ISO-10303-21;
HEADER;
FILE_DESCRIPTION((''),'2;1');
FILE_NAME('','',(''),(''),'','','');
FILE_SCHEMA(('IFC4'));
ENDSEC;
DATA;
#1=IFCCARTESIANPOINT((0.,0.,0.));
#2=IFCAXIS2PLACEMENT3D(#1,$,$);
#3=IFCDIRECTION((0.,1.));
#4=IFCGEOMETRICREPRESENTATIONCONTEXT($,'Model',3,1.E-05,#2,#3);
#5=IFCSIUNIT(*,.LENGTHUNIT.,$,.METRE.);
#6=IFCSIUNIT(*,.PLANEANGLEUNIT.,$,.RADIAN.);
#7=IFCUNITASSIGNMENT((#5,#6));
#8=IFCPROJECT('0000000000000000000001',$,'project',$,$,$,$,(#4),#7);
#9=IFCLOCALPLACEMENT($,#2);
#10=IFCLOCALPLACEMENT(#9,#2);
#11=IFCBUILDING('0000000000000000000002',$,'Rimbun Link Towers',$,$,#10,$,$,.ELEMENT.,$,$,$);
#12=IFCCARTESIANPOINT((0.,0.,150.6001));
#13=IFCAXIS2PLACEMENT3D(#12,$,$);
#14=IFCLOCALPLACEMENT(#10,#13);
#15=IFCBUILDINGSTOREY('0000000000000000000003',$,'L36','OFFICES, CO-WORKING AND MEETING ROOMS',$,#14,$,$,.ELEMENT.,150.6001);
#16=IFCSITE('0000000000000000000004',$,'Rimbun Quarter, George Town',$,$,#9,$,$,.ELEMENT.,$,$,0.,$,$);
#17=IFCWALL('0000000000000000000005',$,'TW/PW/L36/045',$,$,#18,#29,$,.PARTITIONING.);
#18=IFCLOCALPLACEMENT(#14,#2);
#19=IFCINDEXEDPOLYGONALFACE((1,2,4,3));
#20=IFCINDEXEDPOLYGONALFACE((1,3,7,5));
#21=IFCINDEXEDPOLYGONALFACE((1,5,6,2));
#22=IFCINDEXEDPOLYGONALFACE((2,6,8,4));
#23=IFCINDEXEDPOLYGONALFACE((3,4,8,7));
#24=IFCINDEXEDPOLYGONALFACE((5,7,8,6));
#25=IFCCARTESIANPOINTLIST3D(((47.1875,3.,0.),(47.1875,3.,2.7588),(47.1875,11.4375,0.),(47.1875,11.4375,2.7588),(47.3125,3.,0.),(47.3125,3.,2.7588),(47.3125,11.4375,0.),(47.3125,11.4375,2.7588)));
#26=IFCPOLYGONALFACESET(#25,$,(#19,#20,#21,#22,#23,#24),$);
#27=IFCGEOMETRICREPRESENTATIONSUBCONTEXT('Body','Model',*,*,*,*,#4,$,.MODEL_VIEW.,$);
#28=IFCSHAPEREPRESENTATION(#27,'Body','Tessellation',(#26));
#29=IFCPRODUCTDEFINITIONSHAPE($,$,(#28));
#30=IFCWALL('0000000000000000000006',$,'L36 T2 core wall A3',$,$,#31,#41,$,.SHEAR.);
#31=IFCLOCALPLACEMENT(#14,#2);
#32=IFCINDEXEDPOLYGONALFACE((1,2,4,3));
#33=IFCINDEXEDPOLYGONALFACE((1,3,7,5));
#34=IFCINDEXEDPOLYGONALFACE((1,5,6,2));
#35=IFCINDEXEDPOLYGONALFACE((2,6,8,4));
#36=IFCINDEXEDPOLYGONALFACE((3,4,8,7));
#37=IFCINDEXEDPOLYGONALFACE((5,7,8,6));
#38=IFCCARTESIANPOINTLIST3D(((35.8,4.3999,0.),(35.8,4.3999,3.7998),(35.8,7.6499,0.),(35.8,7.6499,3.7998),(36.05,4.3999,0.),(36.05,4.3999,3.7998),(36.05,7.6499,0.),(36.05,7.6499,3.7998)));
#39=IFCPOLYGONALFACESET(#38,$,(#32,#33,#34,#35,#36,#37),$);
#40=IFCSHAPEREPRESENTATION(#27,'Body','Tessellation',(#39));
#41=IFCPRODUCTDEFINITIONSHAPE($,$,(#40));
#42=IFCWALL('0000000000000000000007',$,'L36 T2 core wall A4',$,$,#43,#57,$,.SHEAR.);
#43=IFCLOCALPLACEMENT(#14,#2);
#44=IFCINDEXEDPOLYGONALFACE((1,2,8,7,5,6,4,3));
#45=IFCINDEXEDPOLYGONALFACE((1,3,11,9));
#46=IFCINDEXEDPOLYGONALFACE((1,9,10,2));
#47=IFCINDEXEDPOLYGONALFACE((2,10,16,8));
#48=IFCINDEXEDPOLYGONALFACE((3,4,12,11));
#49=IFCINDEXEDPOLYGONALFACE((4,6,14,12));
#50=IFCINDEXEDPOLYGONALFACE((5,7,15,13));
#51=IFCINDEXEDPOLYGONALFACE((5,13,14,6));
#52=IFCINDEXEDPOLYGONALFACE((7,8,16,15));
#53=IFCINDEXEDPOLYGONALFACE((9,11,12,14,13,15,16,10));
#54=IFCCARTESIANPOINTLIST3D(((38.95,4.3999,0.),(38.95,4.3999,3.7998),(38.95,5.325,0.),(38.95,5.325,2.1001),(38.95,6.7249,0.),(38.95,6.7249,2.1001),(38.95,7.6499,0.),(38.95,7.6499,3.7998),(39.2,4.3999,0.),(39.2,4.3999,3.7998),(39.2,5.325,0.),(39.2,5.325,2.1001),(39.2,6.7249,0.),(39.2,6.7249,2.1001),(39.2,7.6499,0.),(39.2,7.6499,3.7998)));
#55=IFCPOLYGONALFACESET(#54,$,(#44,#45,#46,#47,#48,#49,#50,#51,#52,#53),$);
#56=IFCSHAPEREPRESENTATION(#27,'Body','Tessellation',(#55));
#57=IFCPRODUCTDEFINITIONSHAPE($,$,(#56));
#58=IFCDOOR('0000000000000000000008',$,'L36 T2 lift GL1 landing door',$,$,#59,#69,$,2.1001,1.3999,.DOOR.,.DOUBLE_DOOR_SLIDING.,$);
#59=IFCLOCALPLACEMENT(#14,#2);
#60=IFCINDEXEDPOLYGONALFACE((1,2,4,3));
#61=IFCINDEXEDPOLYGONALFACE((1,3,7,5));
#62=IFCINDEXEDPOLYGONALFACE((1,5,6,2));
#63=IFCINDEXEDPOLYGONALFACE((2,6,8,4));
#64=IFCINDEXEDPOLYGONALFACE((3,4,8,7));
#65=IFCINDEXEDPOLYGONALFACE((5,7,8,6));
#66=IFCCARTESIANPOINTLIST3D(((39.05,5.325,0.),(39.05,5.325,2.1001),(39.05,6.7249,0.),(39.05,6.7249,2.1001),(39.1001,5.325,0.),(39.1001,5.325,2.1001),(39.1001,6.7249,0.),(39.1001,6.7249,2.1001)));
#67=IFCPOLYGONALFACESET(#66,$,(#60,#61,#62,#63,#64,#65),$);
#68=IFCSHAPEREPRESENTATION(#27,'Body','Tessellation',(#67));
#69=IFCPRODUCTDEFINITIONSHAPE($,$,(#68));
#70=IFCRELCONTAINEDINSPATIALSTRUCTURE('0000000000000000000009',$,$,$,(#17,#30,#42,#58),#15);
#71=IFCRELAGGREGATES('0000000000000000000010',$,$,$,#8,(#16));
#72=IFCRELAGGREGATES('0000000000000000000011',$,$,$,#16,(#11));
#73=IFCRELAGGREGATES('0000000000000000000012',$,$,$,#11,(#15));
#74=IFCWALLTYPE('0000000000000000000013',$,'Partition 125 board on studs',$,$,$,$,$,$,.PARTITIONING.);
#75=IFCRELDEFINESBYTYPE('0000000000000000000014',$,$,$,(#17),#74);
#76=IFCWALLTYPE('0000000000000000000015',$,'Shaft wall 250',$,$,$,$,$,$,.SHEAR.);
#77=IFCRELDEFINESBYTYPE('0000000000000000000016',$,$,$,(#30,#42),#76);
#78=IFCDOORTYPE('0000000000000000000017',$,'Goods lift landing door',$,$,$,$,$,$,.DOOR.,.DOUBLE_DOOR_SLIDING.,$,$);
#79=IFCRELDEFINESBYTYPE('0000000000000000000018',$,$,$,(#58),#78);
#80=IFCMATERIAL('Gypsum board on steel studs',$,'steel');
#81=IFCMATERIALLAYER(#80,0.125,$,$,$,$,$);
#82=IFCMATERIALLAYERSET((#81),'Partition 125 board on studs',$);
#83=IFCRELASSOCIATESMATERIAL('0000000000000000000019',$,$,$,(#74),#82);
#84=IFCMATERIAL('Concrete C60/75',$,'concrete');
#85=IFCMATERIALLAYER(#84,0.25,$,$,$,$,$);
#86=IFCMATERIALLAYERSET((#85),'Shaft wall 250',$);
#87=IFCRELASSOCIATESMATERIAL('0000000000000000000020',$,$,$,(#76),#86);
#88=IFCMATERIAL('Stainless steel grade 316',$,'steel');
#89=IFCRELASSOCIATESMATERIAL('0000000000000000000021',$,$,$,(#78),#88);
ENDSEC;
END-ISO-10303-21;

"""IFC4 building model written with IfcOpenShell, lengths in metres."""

from ifc_helpers import new_model, si_unit, direction, frame, frame_2d, origin, place, context, subcontext, project, spatial, rectangle, extrude, material, layer, layer_set, type_object, element, fill, save


model = new_model("IFC4")

# Units and contexts
model_context = context("Model", 3, precision=1e-05, world=origin(), true_north=direction((0.0, 1.0)))
body_context = subcontext(model_context, "Body", "Model", "MODEL_VIEW")
ifc_project = project(units=[si_unit("LENGTHUNIT", "METRE"), si_unit("PLANEANGLEUNIT", "RADIAN")], contexts=[model_context])

# Site, building, storey
site_placement = place(None, origin())
site = spatial("IfcSite", under=ifc_project, at=site_placement, Name="Rimbun Quarter, George Town", CompositionType="ELEMENT", RefElevation=0.0)
building_placement = place(site_placement, origin())
building = spatial("IfcBuilding", under=site, at=building_placement, Name="Rimbun Link Towers", CompositionType="ELEMENT")
storey_placement = place(building_placement, frame((0.0, 0.0, 150.6001)))
storey = spatial("IfcBuildingStorey", under=building, at=storey_placement, Name="L36", Description="OFFICES, CO-WORKING AND MEETING ROOMS", CompositionType="ELEMENT", Elevation=150.6001)

# Walls
ifc_material_1 = material(Name="Gypsum board on steel studs", Category="steel")
ifc_layer_1 = layer(ifc_material_1, 0.125)
ifc_layer_set_1 = layer_set([ifc_layer_1], Name="Partition 125 board on studs")
wall_type_1 = type_object("IfcWallType", Name="Partition 125 board on studs", PredefinedType="PARTITIONING", material=ifc_layer_set_1)
wall_1_placement = place(storey_placement, frame((47.25, 3.0, 0.0), z_axis=(0.0, 0.0, 1.0), x_axis=(0.0, 1.0, 0.0)))
element("IfcWall", 1, at=wall_1_placement, inside=storey, type_object=wall_type_1, Name="TW/PW/L36/045", PredefinedType="PARTITIONING", context=body_context, shape_type="SweptSolid", body=[
    extrude(rectangle(XDim=8.4375, YDim=0.125, at=frame_2d((4.2188, 0.0))), origin(), (0.0, 0.0, 1.0), 2.7588),
])
ifc_material_2 = material(Name="Concrete C60/75", Category="concrete")
ifc_layer_2 = layer(ifc_material_2, 0.25)
ifc_layer_set_2 = layer_set([ifc_layer_2], Name="Shaft wall 250")
wall_type_2 = type_object("IfcWallType", Name="Shaft wall 250", PredefinedType="SHEAR", material=ifc_layer_set_2)
wall_2_placement = place(storey_placement, frame((35.925, 4.3999, 0.0), z_axis=(0.0, 0.0, 1.0), x_axis=(0.0, 1.0, 0.0)))
element("IfcWall", 2, at=wall_2_placement, inside=storey, type_object=wall_type_2, Name="L36 T2 core wall A3", PredefinedType="SHEAR", context=body_context, shape_type="SweptSolid", body=[
    extrude(rectangle(XDim=3.25, YDim=0.25, at=frame_2d((1.625, 0.0))), origin(), (0.0, 0.0, 1.0), 3.7998),
])

# Wall, opening, door
wall_3_placement = place(storey_placement, frame((39.075, 4.3999, 0.0), z_axis=(0.0, 0.0, 1.0), x_axis=(0.0, 1.0, 0.0)))
wall_3 = element("IfcWall", 3, at=wall_3_placement, inside=storey, type_object=wall_type_2, Name="L36 T2 core wall A4", PredefinedType="SHEAR", context=body_context, shape_type="SweptSolid", body=[
    extrude(rectangle(XDim=3.25, YDim=0.25, at=frame_2d((1.625, 0.0))), origin(), (0.0, 0.0, 1.0), 3.7998),
])
opening_1_placement = place(wall_3_placement, frame((0.925, 0.0, 0.0)))
opening_1 = element("IfcOpeningElement", 4, at=opening_1_placement, cuts=wall_3, PredefinedType="OPENING", context=body_context, shape_type="SweptSolid", body=[
    extrude(rectangle(XDim=1.3999, YDim=2.1001, at=frame_2d((0.7, 1.05))), frame((0.0, 0.135, 0.0), z_axis=(0.0, -1.0, 0.0), x_axis=(1.0, 0.0, 0.0)), (0.0, 0.0, 1.0), 0.27),
])
ifc_material_3 = material(Name="Stainless steel grade 316", Category="steel")
door_type = type_object("IfcDoorType", Name="Goods lift landing door", OperationType="DOUBLE_DOOR_SLIDING", PredefinedType="DOOR", material=ifc_material_3)
door_placement = place(opening_1_placement, origin())
door = element("IfcDoor", 5, at=door_placement, inside=storey, type_object=door_type, Name="L36 T2 lift GL1 landing door", OperationType="DOUBLE_DOOR_SLIDING", OverallHeight=2.1001, OverallWidth=1.3999, PredefinedType="DOOR", context=body_context, shape_type="SweptSolid", body=[
    extrude(rectangle(XDim=1.3999, YDim=2.1001, at=frame_2d((0.7, 1.05))), frame((0.0, 0.0249, 0.0), z_axis=(0.0, -1.0, 0.0), x_axis=(1.0, 0.0, 0.0)), (0.0, 0.0, 1.0), 0.05),
])
fill(opening_1, door)

save(model, "model.ifc")
